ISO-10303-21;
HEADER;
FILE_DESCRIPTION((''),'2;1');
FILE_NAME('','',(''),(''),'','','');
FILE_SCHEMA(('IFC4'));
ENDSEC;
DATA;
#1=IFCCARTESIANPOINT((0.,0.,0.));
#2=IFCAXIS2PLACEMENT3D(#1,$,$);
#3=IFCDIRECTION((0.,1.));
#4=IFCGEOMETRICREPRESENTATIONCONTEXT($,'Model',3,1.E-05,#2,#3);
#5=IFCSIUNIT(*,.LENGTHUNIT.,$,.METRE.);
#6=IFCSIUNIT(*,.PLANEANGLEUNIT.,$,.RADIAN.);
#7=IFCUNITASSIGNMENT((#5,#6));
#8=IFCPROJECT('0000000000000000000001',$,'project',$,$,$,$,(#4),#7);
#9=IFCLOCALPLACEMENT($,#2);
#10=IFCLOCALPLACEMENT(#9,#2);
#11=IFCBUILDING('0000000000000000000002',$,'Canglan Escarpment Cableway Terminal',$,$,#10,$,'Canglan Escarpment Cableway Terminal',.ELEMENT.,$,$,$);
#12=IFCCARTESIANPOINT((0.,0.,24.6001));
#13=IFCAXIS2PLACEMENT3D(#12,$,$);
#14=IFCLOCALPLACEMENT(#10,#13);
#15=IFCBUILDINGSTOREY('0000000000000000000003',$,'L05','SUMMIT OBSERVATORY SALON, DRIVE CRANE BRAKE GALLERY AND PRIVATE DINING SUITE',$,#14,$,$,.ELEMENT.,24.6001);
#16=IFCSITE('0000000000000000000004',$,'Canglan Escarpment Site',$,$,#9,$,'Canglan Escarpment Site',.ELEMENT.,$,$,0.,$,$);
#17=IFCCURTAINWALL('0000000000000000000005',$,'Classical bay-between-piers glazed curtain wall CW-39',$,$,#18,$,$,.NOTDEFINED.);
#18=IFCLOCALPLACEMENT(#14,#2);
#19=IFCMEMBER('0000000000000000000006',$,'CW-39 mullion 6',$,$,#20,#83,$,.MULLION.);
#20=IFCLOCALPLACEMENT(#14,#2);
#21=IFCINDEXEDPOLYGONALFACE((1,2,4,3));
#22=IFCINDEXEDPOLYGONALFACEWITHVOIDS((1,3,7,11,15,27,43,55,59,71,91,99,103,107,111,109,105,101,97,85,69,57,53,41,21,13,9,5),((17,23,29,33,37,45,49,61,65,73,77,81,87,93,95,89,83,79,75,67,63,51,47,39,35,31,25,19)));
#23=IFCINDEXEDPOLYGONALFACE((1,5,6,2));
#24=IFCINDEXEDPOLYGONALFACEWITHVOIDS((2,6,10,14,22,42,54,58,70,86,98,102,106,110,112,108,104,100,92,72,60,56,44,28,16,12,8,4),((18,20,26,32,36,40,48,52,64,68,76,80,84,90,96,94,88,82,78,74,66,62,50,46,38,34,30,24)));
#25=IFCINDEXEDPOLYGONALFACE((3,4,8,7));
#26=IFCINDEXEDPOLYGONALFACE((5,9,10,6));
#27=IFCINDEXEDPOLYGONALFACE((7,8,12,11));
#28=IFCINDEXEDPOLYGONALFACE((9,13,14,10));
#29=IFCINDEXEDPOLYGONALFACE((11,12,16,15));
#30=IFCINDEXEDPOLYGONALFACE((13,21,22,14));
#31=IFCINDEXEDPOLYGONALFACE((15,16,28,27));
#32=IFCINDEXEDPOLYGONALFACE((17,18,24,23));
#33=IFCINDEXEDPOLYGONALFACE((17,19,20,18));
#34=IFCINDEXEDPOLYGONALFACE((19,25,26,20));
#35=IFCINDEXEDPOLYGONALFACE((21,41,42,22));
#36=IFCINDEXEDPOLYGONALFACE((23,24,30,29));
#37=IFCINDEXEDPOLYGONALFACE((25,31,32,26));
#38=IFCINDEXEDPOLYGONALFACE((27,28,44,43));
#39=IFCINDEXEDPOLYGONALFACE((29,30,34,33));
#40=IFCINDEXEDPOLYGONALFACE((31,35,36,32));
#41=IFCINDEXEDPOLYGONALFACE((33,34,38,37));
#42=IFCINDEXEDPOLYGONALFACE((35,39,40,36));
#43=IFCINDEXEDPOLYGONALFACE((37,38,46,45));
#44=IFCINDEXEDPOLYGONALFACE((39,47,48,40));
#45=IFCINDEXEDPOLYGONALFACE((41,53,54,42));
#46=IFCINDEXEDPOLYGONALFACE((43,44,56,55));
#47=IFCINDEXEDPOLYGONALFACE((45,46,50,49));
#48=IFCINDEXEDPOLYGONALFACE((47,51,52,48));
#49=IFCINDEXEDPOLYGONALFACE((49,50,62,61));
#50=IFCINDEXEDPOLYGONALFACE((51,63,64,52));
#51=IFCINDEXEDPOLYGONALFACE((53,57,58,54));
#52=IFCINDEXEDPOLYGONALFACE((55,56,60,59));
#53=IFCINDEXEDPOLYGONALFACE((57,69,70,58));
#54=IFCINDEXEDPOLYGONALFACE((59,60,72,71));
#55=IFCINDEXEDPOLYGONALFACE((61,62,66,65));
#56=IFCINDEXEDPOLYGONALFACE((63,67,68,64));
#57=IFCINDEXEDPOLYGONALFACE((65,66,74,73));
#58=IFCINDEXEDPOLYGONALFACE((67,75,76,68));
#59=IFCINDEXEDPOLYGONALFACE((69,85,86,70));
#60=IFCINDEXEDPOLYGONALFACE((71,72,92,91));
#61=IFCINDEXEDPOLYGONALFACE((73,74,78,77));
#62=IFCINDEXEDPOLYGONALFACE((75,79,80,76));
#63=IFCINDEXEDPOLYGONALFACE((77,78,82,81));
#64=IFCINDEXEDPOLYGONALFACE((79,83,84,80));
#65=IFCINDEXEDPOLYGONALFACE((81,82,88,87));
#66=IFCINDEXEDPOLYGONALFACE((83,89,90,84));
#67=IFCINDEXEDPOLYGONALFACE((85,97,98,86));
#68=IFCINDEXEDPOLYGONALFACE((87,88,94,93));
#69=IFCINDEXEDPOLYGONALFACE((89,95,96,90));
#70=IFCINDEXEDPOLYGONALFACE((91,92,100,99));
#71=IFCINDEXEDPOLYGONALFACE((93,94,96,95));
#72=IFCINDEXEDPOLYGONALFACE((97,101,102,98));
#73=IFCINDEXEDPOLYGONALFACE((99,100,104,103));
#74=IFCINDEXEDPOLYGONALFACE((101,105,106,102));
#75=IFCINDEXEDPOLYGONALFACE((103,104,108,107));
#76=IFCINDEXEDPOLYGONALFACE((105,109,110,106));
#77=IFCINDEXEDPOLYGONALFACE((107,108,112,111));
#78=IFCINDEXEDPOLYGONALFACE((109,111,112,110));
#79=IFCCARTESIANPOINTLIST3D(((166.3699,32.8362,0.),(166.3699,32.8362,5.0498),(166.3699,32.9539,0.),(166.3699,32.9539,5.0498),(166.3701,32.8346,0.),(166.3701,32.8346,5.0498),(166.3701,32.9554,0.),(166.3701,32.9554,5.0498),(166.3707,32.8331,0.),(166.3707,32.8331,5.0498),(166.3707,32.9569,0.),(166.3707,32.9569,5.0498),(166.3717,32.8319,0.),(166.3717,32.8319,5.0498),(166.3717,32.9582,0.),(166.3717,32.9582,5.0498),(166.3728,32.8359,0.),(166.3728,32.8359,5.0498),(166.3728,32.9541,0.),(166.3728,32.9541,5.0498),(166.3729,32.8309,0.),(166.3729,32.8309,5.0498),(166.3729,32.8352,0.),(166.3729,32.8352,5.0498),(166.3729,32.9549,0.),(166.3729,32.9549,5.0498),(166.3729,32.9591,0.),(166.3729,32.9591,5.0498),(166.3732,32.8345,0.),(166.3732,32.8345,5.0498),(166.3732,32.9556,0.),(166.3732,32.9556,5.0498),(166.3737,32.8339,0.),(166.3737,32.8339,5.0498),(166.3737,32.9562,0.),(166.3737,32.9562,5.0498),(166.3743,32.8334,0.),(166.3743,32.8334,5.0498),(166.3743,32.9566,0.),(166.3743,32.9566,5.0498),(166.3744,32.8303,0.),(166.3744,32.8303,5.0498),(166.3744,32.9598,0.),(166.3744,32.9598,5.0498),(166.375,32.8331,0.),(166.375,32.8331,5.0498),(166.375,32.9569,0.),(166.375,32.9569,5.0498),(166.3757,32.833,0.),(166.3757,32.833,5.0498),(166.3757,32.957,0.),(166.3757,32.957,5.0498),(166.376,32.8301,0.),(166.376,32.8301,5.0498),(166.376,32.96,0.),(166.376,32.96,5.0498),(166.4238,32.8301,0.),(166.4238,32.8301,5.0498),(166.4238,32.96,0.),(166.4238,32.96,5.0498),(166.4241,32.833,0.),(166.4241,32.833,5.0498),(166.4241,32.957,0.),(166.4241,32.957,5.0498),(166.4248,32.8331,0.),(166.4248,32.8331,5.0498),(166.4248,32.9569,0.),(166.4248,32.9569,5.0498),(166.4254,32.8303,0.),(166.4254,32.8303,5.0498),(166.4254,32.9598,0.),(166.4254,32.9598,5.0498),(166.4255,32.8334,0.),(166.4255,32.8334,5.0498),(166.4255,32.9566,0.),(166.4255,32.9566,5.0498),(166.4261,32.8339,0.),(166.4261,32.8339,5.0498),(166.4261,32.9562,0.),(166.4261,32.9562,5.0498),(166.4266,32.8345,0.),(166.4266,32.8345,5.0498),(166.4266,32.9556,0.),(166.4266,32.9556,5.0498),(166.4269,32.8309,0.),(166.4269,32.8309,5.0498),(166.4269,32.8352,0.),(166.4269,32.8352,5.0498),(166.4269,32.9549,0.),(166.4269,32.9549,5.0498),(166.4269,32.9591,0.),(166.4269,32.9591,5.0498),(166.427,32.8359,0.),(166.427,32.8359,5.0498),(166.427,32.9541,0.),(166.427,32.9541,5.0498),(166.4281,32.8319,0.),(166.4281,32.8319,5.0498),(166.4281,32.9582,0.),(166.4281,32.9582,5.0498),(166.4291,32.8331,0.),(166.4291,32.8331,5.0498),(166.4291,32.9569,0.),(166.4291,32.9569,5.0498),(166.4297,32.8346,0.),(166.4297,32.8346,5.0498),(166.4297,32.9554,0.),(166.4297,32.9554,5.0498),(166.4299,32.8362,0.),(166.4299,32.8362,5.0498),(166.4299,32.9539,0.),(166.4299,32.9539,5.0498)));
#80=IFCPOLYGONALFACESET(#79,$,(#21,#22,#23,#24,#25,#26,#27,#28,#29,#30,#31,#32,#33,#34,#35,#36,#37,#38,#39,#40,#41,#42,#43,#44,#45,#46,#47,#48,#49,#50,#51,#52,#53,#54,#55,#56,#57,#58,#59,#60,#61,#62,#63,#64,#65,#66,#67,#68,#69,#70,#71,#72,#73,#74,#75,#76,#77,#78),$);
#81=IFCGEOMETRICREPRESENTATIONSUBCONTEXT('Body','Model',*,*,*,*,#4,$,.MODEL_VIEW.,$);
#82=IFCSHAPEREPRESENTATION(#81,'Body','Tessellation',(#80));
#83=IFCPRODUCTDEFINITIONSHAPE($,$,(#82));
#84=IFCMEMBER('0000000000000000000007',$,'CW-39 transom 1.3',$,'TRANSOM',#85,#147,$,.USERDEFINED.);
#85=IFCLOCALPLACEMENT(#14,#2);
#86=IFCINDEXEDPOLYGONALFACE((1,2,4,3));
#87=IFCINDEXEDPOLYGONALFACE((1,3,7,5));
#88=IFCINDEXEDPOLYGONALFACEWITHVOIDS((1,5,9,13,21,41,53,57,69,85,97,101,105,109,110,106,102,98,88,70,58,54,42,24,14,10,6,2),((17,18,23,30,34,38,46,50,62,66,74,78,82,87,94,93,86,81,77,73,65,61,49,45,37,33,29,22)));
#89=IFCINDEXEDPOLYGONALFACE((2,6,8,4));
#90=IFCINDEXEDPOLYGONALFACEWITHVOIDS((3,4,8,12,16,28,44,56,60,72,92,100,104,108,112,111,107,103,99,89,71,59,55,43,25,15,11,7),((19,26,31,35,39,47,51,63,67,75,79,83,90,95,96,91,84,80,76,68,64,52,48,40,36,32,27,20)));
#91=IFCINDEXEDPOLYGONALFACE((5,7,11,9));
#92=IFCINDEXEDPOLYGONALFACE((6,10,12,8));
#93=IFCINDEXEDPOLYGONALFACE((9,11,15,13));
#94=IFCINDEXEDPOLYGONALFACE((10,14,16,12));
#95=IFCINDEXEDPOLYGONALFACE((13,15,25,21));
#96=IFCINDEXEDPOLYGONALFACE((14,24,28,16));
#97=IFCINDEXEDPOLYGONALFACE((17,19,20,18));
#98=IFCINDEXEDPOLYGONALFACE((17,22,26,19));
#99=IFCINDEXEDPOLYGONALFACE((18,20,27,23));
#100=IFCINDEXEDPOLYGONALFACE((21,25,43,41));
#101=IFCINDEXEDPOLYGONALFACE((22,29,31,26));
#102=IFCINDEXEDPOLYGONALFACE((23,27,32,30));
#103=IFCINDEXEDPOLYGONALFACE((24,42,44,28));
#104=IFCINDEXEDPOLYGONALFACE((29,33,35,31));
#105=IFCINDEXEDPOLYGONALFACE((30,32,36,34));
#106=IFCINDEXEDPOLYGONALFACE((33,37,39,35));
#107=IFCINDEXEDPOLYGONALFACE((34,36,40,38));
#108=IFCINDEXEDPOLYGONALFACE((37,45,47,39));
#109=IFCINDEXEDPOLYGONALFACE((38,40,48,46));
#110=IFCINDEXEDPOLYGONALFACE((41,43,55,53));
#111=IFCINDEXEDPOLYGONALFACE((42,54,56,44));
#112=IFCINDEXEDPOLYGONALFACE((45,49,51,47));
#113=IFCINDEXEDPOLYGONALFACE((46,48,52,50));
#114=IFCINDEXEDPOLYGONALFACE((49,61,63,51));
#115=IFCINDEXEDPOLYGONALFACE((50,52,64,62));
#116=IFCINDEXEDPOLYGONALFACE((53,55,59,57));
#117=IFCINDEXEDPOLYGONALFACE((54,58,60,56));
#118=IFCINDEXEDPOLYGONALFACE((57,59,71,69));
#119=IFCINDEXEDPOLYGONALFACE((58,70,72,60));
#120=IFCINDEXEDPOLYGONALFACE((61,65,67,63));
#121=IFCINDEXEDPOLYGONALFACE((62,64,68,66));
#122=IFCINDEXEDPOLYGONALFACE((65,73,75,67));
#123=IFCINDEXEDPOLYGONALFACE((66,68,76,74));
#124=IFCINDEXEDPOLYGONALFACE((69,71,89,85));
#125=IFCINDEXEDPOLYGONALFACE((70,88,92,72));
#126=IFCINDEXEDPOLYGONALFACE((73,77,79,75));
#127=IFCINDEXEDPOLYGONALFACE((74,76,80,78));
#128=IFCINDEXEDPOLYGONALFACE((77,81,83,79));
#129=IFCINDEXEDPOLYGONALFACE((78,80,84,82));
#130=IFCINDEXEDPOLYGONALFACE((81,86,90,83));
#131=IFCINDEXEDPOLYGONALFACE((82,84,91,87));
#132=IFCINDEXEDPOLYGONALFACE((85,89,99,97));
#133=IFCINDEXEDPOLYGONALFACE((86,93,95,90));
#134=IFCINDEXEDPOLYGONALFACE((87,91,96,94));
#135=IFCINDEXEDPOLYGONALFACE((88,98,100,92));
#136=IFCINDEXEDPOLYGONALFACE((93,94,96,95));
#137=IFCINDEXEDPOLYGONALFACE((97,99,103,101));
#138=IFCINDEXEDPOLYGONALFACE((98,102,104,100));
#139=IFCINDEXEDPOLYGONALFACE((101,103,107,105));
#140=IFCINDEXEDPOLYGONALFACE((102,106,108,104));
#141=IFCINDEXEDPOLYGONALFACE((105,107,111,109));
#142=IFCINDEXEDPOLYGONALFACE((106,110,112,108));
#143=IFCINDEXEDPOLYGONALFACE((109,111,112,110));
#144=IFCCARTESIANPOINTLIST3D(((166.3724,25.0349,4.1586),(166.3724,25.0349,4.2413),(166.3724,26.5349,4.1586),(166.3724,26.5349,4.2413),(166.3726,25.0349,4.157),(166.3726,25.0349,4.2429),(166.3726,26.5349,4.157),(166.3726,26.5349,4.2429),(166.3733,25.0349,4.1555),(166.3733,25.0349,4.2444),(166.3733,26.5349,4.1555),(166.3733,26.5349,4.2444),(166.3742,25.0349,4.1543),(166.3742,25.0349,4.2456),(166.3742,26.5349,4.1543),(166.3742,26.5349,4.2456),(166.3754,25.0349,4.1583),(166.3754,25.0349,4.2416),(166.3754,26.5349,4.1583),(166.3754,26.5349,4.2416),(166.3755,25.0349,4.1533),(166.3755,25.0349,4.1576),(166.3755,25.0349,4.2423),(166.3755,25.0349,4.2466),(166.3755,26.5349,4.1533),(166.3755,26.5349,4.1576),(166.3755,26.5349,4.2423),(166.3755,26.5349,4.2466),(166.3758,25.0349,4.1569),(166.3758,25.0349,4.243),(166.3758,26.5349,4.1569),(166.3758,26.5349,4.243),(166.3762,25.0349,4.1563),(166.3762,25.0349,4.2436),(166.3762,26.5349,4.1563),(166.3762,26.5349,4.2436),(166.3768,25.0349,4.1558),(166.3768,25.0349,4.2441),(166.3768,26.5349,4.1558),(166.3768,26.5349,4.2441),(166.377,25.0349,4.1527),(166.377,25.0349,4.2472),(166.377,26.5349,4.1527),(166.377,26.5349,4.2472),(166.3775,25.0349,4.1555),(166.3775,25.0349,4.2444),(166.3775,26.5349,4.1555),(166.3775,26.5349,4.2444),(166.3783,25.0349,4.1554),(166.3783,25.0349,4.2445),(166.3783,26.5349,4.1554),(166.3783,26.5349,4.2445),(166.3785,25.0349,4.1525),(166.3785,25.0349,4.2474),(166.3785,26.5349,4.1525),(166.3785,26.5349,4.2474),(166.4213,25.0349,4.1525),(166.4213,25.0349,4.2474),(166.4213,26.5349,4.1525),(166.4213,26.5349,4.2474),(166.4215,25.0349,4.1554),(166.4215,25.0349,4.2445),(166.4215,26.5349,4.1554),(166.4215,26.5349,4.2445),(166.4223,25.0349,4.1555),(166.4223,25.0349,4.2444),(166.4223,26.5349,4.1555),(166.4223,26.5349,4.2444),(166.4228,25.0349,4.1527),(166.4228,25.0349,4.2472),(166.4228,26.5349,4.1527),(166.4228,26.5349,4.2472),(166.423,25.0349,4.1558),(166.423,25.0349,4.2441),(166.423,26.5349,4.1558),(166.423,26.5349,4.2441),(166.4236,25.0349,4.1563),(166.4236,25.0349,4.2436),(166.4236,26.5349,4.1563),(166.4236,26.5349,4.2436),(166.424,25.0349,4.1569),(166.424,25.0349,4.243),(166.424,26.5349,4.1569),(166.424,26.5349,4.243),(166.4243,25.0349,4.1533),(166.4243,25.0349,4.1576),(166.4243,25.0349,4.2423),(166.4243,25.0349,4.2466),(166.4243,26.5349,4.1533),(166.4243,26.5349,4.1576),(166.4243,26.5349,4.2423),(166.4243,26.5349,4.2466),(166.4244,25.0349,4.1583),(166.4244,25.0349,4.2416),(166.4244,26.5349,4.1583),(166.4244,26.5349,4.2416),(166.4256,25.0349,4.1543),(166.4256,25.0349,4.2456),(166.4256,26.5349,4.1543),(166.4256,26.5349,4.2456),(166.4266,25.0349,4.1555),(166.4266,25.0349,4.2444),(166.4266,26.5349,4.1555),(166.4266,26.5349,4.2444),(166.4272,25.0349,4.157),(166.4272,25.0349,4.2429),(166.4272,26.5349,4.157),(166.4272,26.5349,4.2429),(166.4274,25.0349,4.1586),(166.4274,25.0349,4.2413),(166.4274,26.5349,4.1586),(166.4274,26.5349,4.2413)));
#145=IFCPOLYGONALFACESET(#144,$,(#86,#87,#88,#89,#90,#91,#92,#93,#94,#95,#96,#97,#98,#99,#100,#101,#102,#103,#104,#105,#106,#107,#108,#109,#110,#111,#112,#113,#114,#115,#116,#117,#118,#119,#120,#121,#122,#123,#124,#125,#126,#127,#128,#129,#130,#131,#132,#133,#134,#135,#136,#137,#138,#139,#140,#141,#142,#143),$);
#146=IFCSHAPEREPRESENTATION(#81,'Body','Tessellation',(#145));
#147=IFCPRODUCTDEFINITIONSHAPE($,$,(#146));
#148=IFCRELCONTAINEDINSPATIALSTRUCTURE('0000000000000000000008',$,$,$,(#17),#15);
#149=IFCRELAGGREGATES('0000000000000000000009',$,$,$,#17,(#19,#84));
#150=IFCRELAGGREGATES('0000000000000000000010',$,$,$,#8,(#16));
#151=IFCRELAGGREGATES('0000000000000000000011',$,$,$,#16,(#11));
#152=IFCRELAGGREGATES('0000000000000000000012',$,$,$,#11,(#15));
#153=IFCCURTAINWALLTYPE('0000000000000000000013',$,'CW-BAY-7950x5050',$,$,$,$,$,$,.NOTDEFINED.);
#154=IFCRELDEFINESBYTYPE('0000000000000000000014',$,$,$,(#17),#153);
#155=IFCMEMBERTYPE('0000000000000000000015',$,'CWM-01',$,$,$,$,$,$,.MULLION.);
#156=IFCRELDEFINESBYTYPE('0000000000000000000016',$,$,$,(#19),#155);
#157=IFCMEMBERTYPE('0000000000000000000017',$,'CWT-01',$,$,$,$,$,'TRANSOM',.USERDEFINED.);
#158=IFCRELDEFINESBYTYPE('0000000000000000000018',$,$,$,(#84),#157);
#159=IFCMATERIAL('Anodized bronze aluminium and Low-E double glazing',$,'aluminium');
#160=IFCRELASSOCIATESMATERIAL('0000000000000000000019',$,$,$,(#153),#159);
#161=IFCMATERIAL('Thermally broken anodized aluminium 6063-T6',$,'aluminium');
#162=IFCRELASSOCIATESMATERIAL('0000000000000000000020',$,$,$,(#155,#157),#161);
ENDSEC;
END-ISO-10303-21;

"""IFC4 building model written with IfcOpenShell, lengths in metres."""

from ifc_helpers import new_model, si_unit, direction, frame, origin, origin_2d, place, context, subcontext, project, spatial, hollow_rectangle, extrude, material, material_profile, profile_set, type_object, element, aggregate, save


model = new_model("IFC4")

# Units and contexts
model_context = context("Model", 3, precision=1e-05, world=origin(), true_north=direction((0.0, 1.0)))
body_context = subcontext(model_context, "Body", "Model", "MODEL_VIEW")
ifc_project = project(units=[si_unit("LENGTHUNIT", "METRE"), si_unit("PLANEANGLEUNIT", "RADIAN")], contexts=[model_context])

# Site, building, storey
site_placement = place(None, origin())
site = spatial("IfcSite", under=ifc_project, at=site_placement, Name="Canglan Escarpment Site", LongName="Canglan Escarpment Site", CompositionType="ELEMENT", RefElevation=0.0)
building_placement = place(site_placement, origin())
building = spatial("IfcBuilding", under=site, at=building_placement, Name="Canglan Escarpment Cableway Terminal", LongName="Canglan Escarpment Cableway Terminal", CompositionType="ELEMENT")
storey_placement = place(building_placement, frame((0.0, 0.0, 24.6001)))
storey = spatial("IfcBuildingStorey", under=building, at=storey_placement, Name="L05", Description="SUMMIT OBSERVATORY SALON, DRIVE CRANE BRAKE GALLERY AND PRIVATE DINING SUITE", CompositionType="ELEMENT", Elevation=24.6001)

# Curtain wall, members
ifc_material_1 = material(Name="Anodized bronze aluminium and Low-E double glazing", Category="aluminium")
curtain_wall_type = type_object("IfcCurtainWallType", Name="CW-BAY-7950x5050", PredefinedType="NOTDEFINED", material=ifc_material_1)
curtain_wall_placement = place(storey_placement, origin())
curtain_wall = element("IfcCurtainWall", 1, at=curtain_wall_placement, inside=storey, type_object=curtain_wall_type, Name="Classical bay-between-piers glazed curtain wall CW-39", PredefinedType="NOTDEFINED")
ifc_material_2 = material(Name="Thermally broken anodized aluminium 6063-T6", Category="aluminium")
ifc_material_profile_1 = material_profile(ifc_material_2, hollow_rectangle(XDim=0.0601, YDim=0.1299, WallThickness=0.0029, InnerFilletRadius=0.0029, OuterFilletRadius=0.0061, at=origin_2d()), Name="ALU-MULL 60x130x3")
ifc_profile_set_1 = profile_set([ifc_material_profile_1], Name="Thermally broken anodized aluminium 6063-T6")
member_type_1 = type_object("IfcMemberType", Name="CWM-01", PredefinedType="MULLION", material=ifc_profile_set_1)
member_1_placement = place(storey_placement, frame((166.3999, 32.895, 0.0), z_axis=(0.0, 0.0, 1.0), x_axis=(-1.0, 0.0, 0.0)))
member_1 = element("IfcMember", 2, at=member_1_placement, type_object=member_type_1, Name="CW-39 mullion 6", PredefinedType="MULLION", context=body_context, shape_type="SweptSolid", body=[
    extrude(hollow_rectangle(XDim=0.0601, YDim=0.1299, WallThickness=0.0029, InnerFilletRadius=0.0029, OuterFilletRadius=0.0061, at=origin_2d()), origin(), (0.0, 0.0, 1.0), 5.0498),
])
ifc_material_profile_2 = material_profile(ifc_material_2, hollow_rectangle(XDim=0.0549, YDim=0.095, WallThickness=0.0029, InnerFilletRadius=0.0029, OuterFilletRadius=0.0061, at=origin_2d()), Name="ALU-TRAN 55x95x3")
ifc_profile_set_2 = profile_set([ifc_material_profile_2], Name="Thermally broken anodized aluminium 6063-T6")
member_type_2 = type_object("IfcMemberType", Name="CWT-01", ElementType="TRANSOM", PredefinedType="USERDEFINED", material=ifc_profile_set_2)
member_2_placement = place(storey_placement, frame((166.3999, 25.0349, 4.2), z_axis=(0.0, 1.0, 0.0), x_axis=(-1.0, 0.0, 0.0)))
member_2 = element("IfcMember", 3, at=member_2_placement, type_object=member_type_2, Name="CW-39 transom 1.3", ObjectType="TRANSOM", PredefinedType="USERDEFINED", context=body_context, shape_type="SweptSolid", body=[
    extrude(hollow_rectangle(XDim=0.0549, YDim=0.095, WallThickness=0.0029, InnerFilletRadius=0.0029, OuterFilletRadius=0.0061, at=origin_2d()), origin(), (0.0, 0.0, 1.0), 1.5),
])
aggregate(curtain_wall, [member_1, member_2])

save(model, "model.ifc")
